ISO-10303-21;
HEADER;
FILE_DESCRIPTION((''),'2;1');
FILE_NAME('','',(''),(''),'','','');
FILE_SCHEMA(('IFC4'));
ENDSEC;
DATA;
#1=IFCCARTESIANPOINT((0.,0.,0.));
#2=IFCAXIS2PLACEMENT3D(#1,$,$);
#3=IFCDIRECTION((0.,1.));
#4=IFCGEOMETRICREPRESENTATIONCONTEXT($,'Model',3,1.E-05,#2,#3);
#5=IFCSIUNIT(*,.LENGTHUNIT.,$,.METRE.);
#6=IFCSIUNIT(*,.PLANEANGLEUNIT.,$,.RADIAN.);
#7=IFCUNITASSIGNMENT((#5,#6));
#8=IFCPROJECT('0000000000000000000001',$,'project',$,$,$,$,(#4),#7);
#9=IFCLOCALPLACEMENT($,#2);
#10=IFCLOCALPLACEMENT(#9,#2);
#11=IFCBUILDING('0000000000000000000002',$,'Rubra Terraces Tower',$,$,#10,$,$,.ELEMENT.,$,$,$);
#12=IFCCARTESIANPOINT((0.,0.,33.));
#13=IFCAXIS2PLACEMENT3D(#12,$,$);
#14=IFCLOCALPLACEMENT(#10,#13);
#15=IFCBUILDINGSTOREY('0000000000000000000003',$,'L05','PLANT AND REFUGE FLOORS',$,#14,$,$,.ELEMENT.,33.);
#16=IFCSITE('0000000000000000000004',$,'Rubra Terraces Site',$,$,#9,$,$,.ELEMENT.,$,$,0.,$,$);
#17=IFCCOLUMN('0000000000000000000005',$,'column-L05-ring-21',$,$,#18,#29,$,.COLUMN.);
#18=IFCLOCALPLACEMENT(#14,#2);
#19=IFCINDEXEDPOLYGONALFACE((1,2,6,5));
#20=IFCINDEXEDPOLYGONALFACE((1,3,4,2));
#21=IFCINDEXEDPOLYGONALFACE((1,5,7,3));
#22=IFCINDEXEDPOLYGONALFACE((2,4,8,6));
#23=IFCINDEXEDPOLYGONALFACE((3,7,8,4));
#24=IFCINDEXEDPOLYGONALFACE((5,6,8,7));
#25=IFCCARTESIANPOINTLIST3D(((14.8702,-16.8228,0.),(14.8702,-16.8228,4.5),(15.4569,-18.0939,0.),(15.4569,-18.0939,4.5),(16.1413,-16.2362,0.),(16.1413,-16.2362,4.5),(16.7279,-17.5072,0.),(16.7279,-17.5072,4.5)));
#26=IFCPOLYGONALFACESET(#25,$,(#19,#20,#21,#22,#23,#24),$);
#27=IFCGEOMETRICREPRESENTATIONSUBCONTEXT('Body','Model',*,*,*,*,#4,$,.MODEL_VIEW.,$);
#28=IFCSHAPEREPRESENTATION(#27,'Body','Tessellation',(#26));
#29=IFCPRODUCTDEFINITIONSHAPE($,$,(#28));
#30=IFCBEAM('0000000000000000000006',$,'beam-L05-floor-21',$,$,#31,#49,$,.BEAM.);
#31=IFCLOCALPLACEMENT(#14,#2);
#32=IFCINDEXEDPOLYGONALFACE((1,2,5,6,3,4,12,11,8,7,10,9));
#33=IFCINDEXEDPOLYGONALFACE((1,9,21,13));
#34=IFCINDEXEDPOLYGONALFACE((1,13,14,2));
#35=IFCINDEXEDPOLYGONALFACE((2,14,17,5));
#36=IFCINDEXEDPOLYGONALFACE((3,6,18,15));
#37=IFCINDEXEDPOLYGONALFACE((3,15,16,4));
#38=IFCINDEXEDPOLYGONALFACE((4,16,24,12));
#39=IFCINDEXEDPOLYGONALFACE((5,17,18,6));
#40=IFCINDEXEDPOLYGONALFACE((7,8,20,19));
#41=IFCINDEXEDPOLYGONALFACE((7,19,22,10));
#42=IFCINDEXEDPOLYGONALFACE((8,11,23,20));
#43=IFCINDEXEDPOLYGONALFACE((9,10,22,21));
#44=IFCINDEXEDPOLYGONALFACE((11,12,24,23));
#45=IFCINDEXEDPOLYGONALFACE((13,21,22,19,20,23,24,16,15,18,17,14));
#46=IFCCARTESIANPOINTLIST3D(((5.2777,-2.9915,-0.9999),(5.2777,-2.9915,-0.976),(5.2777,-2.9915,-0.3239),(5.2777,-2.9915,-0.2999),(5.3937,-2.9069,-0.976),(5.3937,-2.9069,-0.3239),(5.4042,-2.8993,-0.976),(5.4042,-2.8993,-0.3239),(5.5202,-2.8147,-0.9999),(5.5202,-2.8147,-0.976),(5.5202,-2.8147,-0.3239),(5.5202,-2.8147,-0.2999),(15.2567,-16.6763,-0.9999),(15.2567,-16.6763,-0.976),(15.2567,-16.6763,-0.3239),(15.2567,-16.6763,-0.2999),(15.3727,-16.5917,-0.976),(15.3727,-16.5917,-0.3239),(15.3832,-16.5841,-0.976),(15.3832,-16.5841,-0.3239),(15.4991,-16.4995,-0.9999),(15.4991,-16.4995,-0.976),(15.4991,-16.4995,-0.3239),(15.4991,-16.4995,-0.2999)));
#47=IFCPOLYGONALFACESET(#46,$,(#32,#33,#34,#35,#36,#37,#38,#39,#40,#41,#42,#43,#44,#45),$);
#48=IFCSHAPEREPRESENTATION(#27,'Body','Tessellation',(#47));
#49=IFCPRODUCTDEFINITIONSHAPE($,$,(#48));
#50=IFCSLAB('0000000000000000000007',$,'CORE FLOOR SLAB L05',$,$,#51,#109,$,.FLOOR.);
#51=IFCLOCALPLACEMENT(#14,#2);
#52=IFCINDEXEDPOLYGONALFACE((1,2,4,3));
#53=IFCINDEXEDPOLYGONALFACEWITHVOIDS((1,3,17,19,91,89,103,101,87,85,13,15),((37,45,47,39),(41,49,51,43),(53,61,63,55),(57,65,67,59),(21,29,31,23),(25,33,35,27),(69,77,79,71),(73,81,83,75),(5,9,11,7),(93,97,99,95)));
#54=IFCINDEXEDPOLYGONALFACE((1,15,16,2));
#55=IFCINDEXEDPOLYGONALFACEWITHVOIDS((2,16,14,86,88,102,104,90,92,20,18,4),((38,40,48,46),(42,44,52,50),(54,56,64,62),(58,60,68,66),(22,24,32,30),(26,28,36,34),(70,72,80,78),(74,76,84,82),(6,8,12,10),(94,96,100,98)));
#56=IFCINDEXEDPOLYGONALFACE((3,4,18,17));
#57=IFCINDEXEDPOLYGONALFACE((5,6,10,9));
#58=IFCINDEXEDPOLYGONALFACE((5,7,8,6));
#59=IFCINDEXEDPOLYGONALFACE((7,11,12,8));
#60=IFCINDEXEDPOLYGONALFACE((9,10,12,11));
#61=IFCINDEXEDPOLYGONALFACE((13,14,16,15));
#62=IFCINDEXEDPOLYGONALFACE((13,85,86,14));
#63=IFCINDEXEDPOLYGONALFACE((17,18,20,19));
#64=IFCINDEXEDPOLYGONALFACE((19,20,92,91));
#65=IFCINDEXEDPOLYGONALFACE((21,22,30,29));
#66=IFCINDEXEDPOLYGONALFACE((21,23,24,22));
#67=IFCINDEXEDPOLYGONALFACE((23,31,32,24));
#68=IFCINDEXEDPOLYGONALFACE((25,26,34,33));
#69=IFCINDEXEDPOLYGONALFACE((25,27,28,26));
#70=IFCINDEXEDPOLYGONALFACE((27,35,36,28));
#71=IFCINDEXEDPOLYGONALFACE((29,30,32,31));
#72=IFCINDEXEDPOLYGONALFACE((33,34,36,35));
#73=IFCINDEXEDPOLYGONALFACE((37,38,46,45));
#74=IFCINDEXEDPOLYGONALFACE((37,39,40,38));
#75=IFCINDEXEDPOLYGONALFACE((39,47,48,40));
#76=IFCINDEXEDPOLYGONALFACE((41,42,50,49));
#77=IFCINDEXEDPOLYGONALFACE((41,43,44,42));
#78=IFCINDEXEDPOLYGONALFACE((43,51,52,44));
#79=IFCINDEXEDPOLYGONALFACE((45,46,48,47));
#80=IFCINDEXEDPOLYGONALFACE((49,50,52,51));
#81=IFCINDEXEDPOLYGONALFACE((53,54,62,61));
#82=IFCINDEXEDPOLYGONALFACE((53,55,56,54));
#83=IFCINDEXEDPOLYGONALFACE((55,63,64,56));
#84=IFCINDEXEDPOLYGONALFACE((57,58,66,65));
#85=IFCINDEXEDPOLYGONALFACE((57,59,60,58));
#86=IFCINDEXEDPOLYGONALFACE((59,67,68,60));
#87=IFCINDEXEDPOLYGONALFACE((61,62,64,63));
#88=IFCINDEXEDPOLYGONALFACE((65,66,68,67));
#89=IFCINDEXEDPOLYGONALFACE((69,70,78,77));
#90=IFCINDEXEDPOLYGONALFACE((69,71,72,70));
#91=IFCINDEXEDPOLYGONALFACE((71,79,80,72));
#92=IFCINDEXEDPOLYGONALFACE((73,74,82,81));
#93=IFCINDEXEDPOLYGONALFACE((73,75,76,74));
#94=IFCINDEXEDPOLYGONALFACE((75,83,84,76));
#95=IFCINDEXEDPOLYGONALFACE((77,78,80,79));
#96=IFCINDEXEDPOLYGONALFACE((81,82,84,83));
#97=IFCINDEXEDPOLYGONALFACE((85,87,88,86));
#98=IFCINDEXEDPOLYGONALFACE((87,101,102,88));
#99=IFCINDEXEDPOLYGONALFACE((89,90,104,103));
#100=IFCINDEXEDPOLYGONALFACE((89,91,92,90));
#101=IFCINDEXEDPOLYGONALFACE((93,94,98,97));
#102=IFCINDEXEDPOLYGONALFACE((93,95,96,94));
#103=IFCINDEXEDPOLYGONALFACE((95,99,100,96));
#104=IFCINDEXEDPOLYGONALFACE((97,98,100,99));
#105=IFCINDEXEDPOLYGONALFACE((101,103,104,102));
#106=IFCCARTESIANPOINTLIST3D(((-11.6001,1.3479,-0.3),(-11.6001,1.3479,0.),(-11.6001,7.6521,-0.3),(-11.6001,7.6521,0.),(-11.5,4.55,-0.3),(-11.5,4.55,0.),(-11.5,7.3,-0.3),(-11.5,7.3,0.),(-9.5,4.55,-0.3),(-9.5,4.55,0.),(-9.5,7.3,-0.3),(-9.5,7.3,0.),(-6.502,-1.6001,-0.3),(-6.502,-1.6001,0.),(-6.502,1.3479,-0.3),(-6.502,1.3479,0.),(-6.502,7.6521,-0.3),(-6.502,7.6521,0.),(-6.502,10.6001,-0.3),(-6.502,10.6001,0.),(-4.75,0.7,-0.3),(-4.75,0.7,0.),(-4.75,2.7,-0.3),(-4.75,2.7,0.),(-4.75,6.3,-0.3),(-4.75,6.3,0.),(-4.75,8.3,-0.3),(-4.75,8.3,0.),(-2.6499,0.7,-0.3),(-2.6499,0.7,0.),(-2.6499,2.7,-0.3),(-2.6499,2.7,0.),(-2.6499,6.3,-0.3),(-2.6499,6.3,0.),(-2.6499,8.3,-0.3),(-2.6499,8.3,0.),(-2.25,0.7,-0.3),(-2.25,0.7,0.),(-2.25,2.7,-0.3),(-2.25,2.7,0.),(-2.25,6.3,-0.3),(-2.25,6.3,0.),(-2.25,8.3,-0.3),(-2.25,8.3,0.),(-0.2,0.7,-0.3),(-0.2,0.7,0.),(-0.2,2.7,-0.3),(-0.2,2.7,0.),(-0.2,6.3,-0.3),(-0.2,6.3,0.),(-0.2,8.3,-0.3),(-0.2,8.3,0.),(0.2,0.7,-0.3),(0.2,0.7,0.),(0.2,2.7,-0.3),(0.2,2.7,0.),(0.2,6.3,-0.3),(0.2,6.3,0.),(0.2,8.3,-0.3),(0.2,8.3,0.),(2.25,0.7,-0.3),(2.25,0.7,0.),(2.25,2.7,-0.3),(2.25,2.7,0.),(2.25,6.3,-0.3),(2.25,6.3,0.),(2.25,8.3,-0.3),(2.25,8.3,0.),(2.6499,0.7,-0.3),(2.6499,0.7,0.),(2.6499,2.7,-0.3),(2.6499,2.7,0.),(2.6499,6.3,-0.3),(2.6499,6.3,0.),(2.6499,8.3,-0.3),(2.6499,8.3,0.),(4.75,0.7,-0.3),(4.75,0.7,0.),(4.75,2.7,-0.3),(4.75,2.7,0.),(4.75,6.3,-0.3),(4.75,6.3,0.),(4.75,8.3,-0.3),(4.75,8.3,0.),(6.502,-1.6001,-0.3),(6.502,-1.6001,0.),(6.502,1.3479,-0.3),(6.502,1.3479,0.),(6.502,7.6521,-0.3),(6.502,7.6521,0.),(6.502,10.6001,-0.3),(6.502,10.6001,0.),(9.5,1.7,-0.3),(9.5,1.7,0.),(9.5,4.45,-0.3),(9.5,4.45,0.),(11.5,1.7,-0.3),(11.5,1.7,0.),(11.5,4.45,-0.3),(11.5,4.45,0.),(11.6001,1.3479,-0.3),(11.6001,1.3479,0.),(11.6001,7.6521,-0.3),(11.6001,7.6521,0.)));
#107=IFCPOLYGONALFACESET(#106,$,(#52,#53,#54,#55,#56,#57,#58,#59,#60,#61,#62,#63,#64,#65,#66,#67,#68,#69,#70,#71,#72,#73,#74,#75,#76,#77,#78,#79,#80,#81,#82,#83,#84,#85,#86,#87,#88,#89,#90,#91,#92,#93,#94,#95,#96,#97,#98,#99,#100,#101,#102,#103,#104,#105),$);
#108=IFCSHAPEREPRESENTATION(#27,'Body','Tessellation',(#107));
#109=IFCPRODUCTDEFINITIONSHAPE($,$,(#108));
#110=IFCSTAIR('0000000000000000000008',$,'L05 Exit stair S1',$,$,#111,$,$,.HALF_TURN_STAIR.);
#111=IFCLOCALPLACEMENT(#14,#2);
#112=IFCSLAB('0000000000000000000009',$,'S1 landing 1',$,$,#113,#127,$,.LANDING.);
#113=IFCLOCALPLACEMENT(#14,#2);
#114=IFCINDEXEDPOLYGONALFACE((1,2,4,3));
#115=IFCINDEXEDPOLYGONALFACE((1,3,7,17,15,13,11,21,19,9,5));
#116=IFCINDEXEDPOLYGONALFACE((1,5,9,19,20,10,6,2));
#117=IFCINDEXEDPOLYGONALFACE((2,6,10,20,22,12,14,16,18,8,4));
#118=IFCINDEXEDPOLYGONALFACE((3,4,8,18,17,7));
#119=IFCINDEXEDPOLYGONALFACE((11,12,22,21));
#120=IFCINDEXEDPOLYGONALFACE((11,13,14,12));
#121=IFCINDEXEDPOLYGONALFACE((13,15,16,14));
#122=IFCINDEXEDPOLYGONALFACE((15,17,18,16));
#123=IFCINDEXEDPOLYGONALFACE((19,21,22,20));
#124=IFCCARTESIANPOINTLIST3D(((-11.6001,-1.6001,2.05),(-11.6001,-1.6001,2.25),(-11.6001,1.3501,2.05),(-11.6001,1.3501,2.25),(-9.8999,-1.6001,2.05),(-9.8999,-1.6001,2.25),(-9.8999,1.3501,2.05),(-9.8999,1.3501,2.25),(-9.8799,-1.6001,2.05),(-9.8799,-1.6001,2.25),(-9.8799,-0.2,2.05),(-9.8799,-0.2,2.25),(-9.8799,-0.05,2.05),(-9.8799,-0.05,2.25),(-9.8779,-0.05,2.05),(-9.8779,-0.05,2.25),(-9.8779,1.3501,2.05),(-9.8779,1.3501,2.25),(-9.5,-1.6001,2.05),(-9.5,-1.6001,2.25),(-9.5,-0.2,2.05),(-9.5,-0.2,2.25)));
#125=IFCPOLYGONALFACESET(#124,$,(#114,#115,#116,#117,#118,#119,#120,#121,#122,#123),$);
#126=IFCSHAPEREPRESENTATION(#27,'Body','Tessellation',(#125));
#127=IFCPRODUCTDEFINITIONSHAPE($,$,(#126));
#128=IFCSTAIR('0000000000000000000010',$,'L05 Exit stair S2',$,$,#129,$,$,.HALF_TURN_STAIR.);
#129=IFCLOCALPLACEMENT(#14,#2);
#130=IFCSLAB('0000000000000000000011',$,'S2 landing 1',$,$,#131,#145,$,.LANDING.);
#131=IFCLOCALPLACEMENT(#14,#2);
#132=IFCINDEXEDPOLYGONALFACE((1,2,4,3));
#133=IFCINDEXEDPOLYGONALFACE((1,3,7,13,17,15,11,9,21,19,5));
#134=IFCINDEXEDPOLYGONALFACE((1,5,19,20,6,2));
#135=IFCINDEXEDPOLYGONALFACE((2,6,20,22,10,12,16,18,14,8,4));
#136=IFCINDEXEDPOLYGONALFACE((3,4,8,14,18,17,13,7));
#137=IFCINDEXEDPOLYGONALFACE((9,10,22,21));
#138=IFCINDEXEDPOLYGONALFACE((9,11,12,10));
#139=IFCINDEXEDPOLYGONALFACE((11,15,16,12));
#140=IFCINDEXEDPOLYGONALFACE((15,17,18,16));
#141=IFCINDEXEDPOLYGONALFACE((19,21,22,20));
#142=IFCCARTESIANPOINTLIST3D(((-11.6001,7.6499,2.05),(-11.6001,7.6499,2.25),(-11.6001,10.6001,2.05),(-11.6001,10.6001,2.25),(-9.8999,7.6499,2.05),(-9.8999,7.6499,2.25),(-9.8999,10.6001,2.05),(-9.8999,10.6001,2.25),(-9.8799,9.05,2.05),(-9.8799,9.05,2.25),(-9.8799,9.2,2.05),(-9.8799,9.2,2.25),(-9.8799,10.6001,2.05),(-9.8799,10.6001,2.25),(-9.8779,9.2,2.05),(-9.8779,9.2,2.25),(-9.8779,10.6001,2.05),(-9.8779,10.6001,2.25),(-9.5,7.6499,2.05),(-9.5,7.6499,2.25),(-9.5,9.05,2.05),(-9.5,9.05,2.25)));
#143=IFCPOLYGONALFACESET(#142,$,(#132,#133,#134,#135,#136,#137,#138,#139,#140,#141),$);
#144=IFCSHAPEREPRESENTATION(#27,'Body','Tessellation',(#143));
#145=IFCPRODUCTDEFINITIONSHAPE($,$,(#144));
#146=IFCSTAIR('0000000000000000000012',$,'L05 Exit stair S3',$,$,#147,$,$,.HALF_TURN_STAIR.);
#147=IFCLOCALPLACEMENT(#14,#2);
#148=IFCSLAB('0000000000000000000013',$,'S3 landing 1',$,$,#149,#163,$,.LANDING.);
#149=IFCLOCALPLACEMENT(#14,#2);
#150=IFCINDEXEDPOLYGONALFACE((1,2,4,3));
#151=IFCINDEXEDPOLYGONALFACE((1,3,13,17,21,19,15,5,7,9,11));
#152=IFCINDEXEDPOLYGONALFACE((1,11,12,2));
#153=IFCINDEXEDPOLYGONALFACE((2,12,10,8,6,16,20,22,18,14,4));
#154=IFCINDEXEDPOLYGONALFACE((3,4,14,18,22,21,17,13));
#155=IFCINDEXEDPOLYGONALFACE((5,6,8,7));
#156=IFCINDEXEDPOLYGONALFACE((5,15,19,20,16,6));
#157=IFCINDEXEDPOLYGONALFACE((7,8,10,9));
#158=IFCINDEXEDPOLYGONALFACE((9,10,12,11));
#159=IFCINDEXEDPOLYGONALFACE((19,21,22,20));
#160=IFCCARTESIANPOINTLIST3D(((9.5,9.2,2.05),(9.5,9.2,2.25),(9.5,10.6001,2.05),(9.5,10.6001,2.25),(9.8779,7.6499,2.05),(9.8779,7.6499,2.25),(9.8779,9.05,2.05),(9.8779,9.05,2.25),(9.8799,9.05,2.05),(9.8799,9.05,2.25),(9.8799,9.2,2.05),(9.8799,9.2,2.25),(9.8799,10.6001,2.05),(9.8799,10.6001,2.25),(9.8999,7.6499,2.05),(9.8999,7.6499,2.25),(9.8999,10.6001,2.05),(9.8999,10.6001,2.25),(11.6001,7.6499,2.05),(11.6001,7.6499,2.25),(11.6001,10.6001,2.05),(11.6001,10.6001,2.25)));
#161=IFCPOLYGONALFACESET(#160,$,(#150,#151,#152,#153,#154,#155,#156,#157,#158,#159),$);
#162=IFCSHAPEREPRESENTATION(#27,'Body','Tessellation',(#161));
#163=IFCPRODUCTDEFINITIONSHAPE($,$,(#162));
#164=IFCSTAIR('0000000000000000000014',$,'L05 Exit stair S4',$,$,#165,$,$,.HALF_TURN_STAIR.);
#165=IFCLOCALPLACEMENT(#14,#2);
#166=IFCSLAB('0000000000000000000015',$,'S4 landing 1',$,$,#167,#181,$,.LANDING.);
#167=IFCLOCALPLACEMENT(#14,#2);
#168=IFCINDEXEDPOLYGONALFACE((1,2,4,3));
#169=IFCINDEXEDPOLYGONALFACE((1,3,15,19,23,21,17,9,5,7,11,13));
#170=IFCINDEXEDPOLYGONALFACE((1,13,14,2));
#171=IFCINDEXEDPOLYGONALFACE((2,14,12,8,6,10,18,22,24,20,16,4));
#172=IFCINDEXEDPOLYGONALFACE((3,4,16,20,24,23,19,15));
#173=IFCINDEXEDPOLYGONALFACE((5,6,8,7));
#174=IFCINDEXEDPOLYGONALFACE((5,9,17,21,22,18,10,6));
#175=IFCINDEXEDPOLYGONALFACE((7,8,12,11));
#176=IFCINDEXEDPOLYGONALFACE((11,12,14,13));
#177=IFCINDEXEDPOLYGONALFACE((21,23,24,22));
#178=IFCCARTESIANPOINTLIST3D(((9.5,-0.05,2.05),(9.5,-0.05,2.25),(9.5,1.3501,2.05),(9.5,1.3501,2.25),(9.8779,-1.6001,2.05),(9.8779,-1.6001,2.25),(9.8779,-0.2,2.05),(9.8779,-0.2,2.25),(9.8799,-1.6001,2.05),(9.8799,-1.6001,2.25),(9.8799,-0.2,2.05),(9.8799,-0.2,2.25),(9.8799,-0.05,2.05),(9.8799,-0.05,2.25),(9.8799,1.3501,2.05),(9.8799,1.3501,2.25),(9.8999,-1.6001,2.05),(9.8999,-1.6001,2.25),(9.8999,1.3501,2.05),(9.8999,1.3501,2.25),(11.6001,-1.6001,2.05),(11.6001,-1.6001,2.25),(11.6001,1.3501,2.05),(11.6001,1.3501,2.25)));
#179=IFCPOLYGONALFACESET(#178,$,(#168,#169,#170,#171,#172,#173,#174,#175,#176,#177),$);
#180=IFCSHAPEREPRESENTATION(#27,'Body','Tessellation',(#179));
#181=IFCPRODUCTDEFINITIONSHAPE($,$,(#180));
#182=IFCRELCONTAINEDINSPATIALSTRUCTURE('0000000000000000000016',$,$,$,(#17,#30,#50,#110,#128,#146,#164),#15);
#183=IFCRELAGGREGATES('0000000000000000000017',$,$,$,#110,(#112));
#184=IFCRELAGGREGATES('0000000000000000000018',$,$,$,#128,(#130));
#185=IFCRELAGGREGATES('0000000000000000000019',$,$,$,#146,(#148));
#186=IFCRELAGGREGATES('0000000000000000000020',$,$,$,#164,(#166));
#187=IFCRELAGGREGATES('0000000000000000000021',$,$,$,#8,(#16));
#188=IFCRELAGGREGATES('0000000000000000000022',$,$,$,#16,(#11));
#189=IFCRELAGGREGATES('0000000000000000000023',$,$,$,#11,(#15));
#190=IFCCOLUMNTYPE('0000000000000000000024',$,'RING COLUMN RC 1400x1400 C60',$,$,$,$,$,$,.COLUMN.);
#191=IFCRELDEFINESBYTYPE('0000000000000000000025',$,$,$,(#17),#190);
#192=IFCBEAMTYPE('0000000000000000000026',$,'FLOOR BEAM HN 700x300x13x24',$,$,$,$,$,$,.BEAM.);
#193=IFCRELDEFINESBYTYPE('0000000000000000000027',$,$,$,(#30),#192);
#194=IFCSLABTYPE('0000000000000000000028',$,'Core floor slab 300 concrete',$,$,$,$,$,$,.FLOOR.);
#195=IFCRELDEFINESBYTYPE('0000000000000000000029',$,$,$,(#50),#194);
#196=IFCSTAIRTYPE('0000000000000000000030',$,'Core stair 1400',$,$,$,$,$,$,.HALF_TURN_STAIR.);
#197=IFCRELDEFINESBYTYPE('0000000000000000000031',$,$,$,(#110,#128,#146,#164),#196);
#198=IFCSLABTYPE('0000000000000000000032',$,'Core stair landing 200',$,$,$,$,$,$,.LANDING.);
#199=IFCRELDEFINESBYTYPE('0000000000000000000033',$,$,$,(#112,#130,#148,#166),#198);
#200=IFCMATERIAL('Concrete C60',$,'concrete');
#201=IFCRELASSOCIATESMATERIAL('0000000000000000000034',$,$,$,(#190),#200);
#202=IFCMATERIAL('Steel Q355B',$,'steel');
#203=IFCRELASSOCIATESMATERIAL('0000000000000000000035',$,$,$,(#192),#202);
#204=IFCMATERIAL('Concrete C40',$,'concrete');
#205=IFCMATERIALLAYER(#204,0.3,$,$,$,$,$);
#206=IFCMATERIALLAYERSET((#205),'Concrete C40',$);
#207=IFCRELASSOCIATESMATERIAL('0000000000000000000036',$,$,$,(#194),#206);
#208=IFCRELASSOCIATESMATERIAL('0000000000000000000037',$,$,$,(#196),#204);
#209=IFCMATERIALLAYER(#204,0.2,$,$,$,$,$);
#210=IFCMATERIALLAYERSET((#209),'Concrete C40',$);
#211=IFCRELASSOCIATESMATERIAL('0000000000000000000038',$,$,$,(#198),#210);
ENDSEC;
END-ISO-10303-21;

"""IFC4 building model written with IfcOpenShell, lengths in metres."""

from ifc_helpers import new_model, si_unit, direction, frame, origin, origin_2d, place, context, subcontext, project, spatial, polyline, rectangle, i_section, outline, extrude, material, layer, layer_set, material_profile, profile_set, type_object, element, aggregate, save


model = new_model("IFC4")

# Units and contexts
model_context = context("Model", 3, precision=1e-05, world=origin(), true_north=direction((0.0, 1.0)))
body_context = subcontext(model_context, "Body", "Model", "MODEL_VIEW")
ifc_project = project(units=[si_unit("LENGTHUNIT", "METRE"), si_unit("PLANEANGLEUNIT", "RADIAN")], contexts=[model_context])

# Site, building, storey
site_placement = place(None, origin())
site = spatial("IfcSite", under=ifc_project, at=site_placement, Name="Rubra Terraces Site", CompositionType="ELEMENT", RefElevation=0.0)
building_placement = place(site_placement, origin())
building = spatial("IfcBuilding", under=site, at=building_placement, Name="Rubra Terraces Tower", CompositionType="ELEMENT")
storey_placement = place(building_placement, frame((0.0, 0.0, 33.0)))
storey = spatial("IfcBuildingStorey", under=building, at=storey_placement, Name="L05", Description="PLANT AND REFUGE FLOORS", CompositionType="ELEMENT", Elevation=33.0)

# Column
ifc_material_1 = material(Name="Concrete C60", Category="concrete")
ifc_material_profile_1 = material_profile(ifc_material_1, rectangle(XDim=1.3999, YDim=1.3999, at=origin_2d()), Name="RC 1400x1400")
ifc_profile_set_1 = profile_set([ifc_material_profile_1], Name="Concrete C60")
column_type = type_object("IfcColumnType", Name="RING COLUMN RC 1400x1400 C60", PredefinedType="COLUMN", material=ifc_profile_set_1)
column_placement = place(storey_placement, frame((15.7991, -17.165, 0.0), z_axis=(0.0, 0.0, 1.0), x_axis=(0.907952, 0.419073, 0.0)))
element("IfcColumn", 1, at=column_placement, inside=storey, type_object=column_type, Name="column-L05-ring-21", PredefinedType="COLUMN", context=body_context, shape_type="SweptSolid", body=[
    extrude(rectangle(XDim=1.3999, YDim=1.3999, at=origin_2d()), origin(), (0.0, 0.0, 1.0), 4.5),
])

# Beam
ifc_material_2 = material(Name="Steel Q355B", Category="steel")
ifc_material_profile_2 = material_profile(ifc_material_2, i_section(OverallWidth=0.3, OverallDepth=0.7, WebThickness=0.0129, FlangeThickness=0.0239, at=origin_2d()), Name="HN 700x300x13x24")
ifc_profile_set_2 = profile_set([ifc_material_profile_2], Name="Steel Q355B")
beam_type = type_object("IfcBeamType", Name="FLOOR BEAM HN 700x300x13x24", PredefinedType="BEAM", material=ifc_profile_set_2)
beam_placement = place(storey_placement, frame((15.3779, -16.5879, -0.6499), z_axis=(-0.589191, 0.807994, 0.0), x_axis=(-0.807994, -0.589191, 0.0)))
element("IfcBeam", 2, at=beam_placement, inside=storey, type_object=beam_type, Name="beam-L05-floor-21", PredefinedType="BEAM", context=body_context, shape_type="SweptSolid", body=[
    extrude(i_section(OverallWidth=0.3, OverallDepth=0.7, WebThickness=0.0129, FlangeThickness=0.0239, at=origin_2d()), origin(), (0.0, 0.0, 1.0), 16.9368),
])

# Slab
ifc_material_3 = material(Name="Concrete C40", Category="concrete")
ifc_layer_1 = layer(ifc_material_3, 0.3)
ifc_layer_set_1 = layer_set([ifc_layer_1], Name="Concrete C40")
slab_type_1 = type_object("IfcSlabType", Name="Core floor slab 300 concrete", PredefinedType="FLOOR", material=ifc_layer_set_1)
slab_1_placement = place(storey_placement, frame((0.0, 0.0, -0.3)))
element("IfcSlab", 3, at=slab_1_placement, inside=storey, type_object=slab_type_1, Name="CORE FLOOR SLAB L05", PredefinedType="FLOOR", context=body_context, shape_type="SweptSolid", body=[
    extrude(outline(polyline([(-11.6001, 1.3479), (-11.6001, 7.6521), (-6.502, 7.6521), (-6.502, 10.6001), (6.502, 10.6001), (6.502, 7.6521), (11.6001, 7.6521), (11.6001, 1.3479), (6.502, 1.3479), (6.502, -1.6001), (-6.502, -1.6001), (-6.502, 1.3479), (-11.6001, 1.3479)]), holes=[polyline([(9.5, 1.7), (11.5, 1.7), (11.5, 4.45), (9.5, 4.45), (9.5, 1.7)]), polyline([(4.75, 0.7), (4.75, 2.7), (2.6499, 2.7), (2.6499, 0.7), (4.75, 0.7)]), polyline([(4.75, 6.3), (4.75, 8.3), (2.6499, 8.3), (2.6499, 6.3), (4.75, 6.3)]), polyline([(2.25, 0.7), (2.25, 2.7), (0.2, 2.7), (0.2, 0.7), (2.25, 0.7)]), polyline([(2.25, 6.3), (2.25, 8.3), (0.2, 8.3), (0.2, 6.3), (2.25, 6.3)]), polyline([(-0.2, 0.7), (-0.2, 2.7), (-2.25, 2.7), (-2.25, 0.7), (-0.2, 0.7)]), polyline([(-0.2, 6.3), (-0.2, 8.3), (-2.25, 8.3), (-2.25, 6.3), (-0.2, 6.3)]), polyline([(-2.6499, 0.7), (-2.6499, 2.7), (-4.75, 2.7), (-4.75, 0.7), (-2.6499, 0.7)]), polyline([(-2.6499, 8.3), (-4.75, 8.3), (-4.75, 6.3), (-2.6499, 6.3), (-2.6499, 8.3)]), polyline([(-9.5, 7.3), (-11.5, 7.3), (-11.5, 4.55), (-9.5, 4.55), (-9.5, 7.3)])]), origin(), (0.0, 0.0, 1.0), 0.3),
])

# Stairs, slabs
stair_type = type_object("IfcStairType", Name="Core stair 1400", PredefinedType="HALF_TURN_STAIR", material=ifc_material_3)
stair_1_placement = place(storey_placement, origin())
stair_1 = element("IfcStair", 4, at=stair_1_placement, inside=storey, type_object=stair_type, Name="L05 Exit stair S1", PredefinedType="HALF_TURN_STAIR")
ifc_layer_2 = layer(ifc_material_3, 0.2)
ifc_layer_set_2 = layer_set([ifc_layer_2], Name="Concrete C40")
slab_type_2 = type_object("IfcSlabType", Name="Core stair landing 200", PredefinedType="LANDING", material=ifc_layer_set_2)
slab_2_placement = place(storey_placement, frame((0.0, 0.0, 2.05)))
slab_2 = element("IfcSlab", 5, at=slab_2_placement, type_object=slab_type_2, Name="S1 landing 1", PredefinedType="LANDING", context=body_context, shape_type="SweptSolid", body=[
    extrude(outline(polyline([(-9.5, -0.2), (-9.5, -1.6001), (-9.8799, -1.6001), (-9.8999, -1.6001), (-11.6001, -1.6001), (-11.6001, 1.3501), (-9.8999, 1.3501), (-9.8779, 1.3501), (-9.8779, -0.05), (-9.8799, -0.05), (-9.8799, -0.2), (-9.5, -0.2)])), origin(), (0.0, 0.0, 1.0), 0.2),
])
aggregate(stair_1, [slab_2])
stair_2_placement = place(storey_placement, origin())
stair_2 = element("IfcStair", 6, at=stair_2_placement, inside=storey, type_object=stair_type, Name="L05 Exit stair S2", PredefinedType="HALF_TURN_STAIR")
slab_3_placement = place(storey_placement, frame((0.0, 0.0, 2.05)))
slab_3 = element("IfcSlab", 7, at=slab_3_placement, type_object=slab_type_2, Name="S2 landing 1", PredefinedType="LANDING", context=body_context, shape_type="SweptSolid", body=[
    extrude(outline(polyline([(-9.5, 9.05), (-9.5, 7.6499), (-9.8999, 7.6499), (-11.6001, 7.6499), (-11.6001, 10.6001), (-9.8999, 10.6001), (-9.8799, 10.6001), (-9.8779, 10.6001), (-9.8779, 9.2), (-9.8799, 9.2), (-9.8799, 9.05), (-9.5, 9.05)])), origin(), (0.0, 0.0, 1.0), 0.2),
])
aggregate(stair_2, [slab_3])
stair_3_placement = place(storey_placement, origin())
stair_3 = element("IfcStair", 8, at=stair_3_placement, inside=storey, type_object=stair_type, Name="L05 Exit stair S3", PredefinedType="HALF_TURN_STAIR")
slab_4_placement = place(storey_placement, frame((0.0, 0.0, 2.05)))
slab_4 = element("IfcSlab", 9, at=slab_4_placement, type_object=slab_type_2, Name="S3 landing 1", PredefinedType="LANDING", context=body_context, shape_type="SweptSolid", body=[
    extrude(outline(polyline([(9.8799, 9.05), (9.8799, 9.2), (9.5, 9.2), (9.5, 10.6001), (9.8799, 10.6001), (9.8999, 10.6001), (11.6001, 10.6001), (11.6001, 7.6499), (9.8999, 7.6499), (9.8779, 7.6499), (9.8779, 9.05), (9.8799, 9.05)])), origin(), (0.0, 0.0, 1.0), 0.2),
])
aggregate(stair_3, [slab_4])
stair_4_placement = place(storey_placement, origin())
stair_4 = element("IfcStair", 10, at=stair_4_placement, inside=storey, type_object=stair_type, Name="L05 Exit stair S4", PredefinedType="HALF_TURN_STAIR")
slab_5_placement = place(storey_placement, frame((0.0, 0.0, 2.05)))
slab_5 = element("IfcSlab", 11, at=slab_5_placement, type_object=slab_type_2, Name="S4 landing 1", PredefinedType="LANDING", context=body_context, shape_type="SweptSolid", body=[
    extrude(outline(polyline([(9.8799, -0.2), (9.8799, -0.05), (9.5, -0.05), (9.5, 1.3501), (9.8799, 1.3501), (9.8999, 1.3501), (11.6001, 1.3501), (11.6001, -1.6001), (9.8999, -1.6001), (9.8799, -1.6001), (9.8779, -1.6001), (9.8779, -0.2), (9.8799, -0.2)])), origin(), (0.0, 0.0, 1.0), 0.2),
])

aggregate(stair_4, [slab_5])

save(model, "model.ifc")
